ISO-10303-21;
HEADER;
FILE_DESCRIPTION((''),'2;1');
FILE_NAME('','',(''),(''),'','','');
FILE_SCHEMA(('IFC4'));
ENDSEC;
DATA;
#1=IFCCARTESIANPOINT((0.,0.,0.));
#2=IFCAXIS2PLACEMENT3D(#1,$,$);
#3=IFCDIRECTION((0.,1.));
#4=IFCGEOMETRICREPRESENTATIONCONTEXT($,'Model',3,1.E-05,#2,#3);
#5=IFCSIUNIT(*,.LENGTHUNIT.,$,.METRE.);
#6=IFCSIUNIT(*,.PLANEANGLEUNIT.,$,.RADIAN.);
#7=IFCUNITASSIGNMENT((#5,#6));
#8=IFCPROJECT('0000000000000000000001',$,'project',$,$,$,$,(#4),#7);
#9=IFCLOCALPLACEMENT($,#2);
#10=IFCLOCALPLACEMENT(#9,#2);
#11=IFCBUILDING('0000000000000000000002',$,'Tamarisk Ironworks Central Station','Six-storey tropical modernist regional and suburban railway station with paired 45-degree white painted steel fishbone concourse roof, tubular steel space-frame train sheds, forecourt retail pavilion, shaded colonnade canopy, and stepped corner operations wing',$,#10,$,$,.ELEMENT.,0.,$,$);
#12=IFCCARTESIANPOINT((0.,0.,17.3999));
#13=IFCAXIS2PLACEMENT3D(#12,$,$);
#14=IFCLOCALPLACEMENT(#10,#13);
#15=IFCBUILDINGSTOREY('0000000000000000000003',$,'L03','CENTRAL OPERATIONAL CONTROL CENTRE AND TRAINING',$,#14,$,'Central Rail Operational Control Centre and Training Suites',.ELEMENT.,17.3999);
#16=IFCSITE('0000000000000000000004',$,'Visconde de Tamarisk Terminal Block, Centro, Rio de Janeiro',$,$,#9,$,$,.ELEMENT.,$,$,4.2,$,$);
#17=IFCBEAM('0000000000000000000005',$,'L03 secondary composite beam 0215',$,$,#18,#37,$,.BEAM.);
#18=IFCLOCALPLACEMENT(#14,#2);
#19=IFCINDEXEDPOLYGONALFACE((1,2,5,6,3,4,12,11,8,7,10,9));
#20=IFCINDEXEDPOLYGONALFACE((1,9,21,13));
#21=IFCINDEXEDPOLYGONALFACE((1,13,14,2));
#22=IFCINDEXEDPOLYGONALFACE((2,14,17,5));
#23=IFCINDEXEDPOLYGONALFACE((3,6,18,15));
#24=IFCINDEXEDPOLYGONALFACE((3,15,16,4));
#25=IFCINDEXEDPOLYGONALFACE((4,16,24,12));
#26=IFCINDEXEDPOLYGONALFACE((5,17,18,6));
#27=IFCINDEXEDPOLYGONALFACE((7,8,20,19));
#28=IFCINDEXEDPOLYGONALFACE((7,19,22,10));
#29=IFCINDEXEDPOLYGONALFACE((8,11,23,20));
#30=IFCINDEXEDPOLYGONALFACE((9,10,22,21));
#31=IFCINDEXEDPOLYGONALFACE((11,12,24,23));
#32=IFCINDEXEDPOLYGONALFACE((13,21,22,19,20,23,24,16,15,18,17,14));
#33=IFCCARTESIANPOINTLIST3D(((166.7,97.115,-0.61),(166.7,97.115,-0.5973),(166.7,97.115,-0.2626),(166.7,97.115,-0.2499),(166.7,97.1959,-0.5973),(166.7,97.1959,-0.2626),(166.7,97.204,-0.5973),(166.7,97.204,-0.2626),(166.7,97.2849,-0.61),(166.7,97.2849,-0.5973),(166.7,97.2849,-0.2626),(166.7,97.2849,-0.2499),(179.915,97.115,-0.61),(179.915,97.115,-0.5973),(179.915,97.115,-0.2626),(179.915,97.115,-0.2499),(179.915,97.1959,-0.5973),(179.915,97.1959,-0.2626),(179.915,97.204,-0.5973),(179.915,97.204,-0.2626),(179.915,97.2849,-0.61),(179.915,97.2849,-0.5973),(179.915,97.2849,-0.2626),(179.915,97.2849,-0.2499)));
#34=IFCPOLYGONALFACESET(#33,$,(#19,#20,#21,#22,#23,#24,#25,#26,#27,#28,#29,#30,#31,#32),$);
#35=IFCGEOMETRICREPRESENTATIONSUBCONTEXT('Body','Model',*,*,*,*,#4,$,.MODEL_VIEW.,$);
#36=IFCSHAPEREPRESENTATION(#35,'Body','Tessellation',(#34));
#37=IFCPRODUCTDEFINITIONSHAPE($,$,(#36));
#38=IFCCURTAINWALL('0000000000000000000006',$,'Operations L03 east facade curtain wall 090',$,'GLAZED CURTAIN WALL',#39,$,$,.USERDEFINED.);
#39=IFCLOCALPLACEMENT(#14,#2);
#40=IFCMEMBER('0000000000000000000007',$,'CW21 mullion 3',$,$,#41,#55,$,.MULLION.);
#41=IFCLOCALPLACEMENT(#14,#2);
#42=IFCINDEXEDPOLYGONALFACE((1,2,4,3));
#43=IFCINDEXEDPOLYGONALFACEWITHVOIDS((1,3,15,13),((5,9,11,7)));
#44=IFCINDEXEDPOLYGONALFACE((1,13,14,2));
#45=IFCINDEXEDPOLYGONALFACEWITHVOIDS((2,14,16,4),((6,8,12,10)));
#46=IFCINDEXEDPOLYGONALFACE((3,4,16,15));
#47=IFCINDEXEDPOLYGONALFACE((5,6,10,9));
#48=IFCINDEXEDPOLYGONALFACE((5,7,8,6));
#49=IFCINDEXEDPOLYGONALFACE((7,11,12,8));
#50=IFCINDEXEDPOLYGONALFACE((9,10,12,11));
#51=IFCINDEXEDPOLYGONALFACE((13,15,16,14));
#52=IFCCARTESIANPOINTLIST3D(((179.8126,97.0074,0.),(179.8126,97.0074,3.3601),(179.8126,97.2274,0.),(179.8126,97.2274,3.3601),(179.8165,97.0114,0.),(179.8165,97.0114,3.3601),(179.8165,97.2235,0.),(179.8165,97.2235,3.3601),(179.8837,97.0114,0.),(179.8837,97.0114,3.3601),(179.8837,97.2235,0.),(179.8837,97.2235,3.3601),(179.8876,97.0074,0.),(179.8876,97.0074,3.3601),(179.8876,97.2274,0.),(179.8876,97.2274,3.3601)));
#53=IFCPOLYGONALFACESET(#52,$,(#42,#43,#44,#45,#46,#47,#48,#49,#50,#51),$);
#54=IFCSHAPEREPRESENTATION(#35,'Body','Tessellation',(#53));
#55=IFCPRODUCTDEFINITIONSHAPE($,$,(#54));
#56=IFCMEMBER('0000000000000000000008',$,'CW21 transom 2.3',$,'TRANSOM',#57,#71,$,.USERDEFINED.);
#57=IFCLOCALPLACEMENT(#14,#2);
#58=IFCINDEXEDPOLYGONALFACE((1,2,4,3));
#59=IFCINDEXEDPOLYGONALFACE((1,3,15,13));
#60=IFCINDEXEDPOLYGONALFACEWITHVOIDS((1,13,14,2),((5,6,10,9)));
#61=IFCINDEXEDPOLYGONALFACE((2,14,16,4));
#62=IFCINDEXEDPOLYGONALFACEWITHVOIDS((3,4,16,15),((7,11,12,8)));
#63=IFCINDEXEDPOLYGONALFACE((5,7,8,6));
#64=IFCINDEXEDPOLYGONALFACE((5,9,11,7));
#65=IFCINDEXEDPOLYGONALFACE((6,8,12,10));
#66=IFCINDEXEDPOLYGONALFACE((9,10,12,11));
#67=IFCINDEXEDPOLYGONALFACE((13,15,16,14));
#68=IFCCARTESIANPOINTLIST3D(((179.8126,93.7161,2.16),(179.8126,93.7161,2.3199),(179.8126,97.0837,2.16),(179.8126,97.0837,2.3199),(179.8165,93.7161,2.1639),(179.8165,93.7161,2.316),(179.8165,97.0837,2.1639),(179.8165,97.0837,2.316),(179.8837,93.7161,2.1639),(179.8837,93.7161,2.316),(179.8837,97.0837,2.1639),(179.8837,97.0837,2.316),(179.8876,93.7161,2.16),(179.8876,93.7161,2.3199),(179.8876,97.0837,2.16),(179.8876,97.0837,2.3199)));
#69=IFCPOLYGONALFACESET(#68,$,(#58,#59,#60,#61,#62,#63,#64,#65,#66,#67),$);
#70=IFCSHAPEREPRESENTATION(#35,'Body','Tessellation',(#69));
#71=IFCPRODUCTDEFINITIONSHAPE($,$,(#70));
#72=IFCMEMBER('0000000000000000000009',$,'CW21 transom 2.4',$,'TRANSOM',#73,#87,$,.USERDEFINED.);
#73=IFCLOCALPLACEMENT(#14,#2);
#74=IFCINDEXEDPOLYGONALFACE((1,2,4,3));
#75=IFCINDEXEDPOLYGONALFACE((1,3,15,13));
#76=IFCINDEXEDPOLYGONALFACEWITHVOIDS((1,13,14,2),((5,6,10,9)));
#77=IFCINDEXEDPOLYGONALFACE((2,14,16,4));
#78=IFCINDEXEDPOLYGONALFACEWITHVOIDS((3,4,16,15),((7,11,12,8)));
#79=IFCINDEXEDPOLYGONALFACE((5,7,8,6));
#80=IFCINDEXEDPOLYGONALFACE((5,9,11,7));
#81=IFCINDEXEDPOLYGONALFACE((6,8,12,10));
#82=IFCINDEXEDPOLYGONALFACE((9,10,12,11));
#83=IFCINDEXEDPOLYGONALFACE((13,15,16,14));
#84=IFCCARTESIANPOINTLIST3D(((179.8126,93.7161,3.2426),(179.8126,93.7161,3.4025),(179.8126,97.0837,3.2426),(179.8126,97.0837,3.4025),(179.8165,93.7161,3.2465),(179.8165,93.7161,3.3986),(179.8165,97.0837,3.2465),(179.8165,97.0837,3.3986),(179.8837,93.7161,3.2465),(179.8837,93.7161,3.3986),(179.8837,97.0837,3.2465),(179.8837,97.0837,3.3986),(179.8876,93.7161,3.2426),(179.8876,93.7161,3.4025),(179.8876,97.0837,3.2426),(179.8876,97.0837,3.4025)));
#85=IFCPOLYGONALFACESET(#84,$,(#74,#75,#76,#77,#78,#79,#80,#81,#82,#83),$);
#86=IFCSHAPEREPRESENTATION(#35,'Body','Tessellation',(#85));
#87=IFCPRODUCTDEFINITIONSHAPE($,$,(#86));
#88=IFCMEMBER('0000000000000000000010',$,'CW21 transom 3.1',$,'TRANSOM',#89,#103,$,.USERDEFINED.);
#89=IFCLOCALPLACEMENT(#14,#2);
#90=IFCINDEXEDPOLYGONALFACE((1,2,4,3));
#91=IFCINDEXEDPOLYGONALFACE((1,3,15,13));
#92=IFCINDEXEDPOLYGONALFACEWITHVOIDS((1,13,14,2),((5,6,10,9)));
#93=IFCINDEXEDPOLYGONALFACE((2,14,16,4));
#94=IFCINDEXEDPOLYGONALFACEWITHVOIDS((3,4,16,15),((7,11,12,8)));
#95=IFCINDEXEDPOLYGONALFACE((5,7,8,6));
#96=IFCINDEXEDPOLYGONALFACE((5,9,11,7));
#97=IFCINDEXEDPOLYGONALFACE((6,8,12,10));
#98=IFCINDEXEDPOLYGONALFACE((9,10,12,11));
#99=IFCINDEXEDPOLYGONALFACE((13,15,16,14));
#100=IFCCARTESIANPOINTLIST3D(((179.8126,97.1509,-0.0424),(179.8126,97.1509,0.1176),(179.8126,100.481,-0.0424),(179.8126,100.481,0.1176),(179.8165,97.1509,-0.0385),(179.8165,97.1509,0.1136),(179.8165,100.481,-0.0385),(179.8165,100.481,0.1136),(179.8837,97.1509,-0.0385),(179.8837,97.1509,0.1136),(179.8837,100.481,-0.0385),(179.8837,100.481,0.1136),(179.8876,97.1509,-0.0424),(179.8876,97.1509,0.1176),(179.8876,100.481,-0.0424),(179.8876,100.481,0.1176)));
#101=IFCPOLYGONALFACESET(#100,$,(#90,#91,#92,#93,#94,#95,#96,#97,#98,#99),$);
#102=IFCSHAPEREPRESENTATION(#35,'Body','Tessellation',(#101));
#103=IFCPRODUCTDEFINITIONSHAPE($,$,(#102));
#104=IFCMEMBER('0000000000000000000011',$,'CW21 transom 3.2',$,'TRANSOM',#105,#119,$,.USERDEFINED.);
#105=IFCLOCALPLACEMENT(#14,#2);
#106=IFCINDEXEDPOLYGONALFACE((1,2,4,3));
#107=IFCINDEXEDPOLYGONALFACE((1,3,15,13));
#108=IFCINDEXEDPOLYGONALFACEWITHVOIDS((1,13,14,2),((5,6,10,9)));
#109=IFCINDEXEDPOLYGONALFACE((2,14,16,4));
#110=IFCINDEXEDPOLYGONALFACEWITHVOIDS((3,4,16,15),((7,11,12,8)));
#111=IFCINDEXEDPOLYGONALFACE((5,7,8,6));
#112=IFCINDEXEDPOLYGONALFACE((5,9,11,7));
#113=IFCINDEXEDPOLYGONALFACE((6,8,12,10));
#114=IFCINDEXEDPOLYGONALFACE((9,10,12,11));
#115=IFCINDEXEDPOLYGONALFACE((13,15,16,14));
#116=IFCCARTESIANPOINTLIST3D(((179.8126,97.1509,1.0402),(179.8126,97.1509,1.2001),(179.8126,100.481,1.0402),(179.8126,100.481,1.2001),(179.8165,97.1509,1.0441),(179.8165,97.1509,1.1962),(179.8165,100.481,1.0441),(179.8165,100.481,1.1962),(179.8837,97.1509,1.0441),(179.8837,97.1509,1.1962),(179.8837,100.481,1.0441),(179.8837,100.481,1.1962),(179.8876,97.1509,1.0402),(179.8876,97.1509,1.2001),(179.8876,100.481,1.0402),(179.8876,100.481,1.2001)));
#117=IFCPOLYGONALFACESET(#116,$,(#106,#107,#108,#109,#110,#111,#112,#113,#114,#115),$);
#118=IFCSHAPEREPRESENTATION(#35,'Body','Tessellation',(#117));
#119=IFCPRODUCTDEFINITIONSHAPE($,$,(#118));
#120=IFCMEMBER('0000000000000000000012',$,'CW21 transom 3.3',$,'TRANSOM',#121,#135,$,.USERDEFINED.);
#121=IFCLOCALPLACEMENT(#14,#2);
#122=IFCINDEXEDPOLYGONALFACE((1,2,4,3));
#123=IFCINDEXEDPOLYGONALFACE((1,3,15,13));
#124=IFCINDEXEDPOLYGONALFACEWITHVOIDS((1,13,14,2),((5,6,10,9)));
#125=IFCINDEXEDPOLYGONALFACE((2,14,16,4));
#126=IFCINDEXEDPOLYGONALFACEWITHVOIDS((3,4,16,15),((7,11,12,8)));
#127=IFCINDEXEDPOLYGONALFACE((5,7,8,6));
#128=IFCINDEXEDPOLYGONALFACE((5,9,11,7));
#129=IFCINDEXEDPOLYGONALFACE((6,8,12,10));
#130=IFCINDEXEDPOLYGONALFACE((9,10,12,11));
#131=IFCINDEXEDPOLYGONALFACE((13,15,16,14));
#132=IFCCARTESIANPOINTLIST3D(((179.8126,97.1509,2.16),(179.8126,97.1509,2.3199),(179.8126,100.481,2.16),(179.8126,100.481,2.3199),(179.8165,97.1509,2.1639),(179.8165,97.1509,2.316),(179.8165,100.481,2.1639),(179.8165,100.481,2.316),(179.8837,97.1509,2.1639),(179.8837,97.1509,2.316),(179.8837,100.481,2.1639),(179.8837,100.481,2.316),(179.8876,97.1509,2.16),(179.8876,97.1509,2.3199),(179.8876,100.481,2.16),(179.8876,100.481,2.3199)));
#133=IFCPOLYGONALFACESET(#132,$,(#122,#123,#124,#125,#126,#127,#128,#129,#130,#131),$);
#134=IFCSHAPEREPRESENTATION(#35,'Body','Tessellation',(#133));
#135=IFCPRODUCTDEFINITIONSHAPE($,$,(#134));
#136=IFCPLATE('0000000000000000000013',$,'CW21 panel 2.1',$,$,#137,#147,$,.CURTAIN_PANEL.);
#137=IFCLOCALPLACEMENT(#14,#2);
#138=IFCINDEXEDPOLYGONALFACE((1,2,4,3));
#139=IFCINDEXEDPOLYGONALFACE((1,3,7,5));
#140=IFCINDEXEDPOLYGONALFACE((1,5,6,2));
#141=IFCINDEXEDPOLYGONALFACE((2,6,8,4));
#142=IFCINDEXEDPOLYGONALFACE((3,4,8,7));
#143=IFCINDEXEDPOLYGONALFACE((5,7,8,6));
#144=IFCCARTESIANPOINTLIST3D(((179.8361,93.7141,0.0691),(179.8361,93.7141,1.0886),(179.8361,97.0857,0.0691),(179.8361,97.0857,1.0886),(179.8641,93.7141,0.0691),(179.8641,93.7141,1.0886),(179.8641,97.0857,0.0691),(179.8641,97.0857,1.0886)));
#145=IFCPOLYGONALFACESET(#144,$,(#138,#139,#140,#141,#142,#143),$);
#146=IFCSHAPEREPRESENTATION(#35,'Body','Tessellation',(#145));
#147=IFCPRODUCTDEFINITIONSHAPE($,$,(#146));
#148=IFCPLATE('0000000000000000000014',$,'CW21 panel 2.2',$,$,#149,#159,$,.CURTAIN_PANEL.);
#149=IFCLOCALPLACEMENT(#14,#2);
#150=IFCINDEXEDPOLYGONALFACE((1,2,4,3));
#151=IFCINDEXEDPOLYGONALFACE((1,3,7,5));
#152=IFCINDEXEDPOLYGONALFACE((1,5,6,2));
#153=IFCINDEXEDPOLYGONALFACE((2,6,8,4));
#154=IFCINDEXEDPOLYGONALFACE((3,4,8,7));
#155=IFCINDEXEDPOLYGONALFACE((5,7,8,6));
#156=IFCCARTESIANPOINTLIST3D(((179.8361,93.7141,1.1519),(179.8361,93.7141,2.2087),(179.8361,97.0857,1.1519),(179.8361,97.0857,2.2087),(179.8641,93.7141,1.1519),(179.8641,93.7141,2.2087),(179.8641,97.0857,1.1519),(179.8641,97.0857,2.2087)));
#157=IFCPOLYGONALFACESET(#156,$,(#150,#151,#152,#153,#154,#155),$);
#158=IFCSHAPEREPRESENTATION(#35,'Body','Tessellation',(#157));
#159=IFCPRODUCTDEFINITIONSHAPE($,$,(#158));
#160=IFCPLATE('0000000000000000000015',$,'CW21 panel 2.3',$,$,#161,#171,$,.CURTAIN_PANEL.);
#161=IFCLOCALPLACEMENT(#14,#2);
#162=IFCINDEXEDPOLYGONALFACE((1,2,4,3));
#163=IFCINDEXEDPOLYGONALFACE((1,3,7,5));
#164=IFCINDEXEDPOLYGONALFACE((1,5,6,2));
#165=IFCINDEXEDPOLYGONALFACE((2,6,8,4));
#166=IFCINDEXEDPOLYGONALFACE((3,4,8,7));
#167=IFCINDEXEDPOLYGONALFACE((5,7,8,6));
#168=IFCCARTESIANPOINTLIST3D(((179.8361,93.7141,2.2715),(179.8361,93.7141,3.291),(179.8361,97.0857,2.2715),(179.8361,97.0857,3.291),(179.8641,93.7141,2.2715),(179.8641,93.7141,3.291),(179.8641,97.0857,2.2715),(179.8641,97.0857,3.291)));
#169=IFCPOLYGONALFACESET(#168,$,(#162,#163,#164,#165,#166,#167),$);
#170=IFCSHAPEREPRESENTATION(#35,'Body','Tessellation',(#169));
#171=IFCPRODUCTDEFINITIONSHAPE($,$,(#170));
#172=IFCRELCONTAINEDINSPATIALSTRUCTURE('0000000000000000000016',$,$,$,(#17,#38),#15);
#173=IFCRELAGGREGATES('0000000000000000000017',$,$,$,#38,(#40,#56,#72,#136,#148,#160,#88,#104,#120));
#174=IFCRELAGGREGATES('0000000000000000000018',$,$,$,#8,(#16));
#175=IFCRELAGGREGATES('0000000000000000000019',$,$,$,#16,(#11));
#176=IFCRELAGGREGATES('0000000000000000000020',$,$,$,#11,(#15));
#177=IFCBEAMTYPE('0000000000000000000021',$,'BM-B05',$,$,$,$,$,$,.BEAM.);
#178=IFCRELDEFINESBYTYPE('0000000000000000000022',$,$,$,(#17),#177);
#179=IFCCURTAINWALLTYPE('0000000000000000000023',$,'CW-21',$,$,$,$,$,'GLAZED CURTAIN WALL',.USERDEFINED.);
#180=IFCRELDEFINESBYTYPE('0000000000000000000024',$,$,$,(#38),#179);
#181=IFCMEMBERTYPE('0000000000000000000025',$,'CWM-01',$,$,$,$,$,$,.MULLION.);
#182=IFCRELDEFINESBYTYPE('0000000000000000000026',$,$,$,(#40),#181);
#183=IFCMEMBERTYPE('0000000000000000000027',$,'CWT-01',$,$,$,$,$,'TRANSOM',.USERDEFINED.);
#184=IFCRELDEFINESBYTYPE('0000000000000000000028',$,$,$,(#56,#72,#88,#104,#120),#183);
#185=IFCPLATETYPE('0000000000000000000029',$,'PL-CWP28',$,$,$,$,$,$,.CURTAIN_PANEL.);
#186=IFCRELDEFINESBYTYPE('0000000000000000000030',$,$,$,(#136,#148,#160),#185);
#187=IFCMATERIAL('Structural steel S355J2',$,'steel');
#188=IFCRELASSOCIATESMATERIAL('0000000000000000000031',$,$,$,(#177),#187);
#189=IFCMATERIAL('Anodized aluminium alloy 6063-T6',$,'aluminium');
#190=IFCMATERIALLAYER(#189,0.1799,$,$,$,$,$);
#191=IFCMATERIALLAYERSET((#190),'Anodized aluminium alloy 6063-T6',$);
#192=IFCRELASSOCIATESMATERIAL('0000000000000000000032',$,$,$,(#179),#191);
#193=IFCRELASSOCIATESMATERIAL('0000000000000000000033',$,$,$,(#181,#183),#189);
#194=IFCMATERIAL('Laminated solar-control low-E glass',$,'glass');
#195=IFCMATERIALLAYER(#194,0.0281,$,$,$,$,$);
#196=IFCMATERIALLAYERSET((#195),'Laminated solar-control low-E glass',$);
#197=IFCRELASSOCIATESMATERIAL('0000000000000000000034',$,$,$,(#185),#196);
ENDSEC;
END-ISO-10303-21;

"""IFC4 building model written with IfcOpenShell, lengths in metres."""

from ifc_helpers import new_model, si_unit, direction, frame, origin, origin_2d, place, context, subcontext, project, spatial, rectangle, hollow_rectangle, i_section, extrude, material, layer, layer_set, material_profile, profile_set, type_object, element, aggregate, save


model = new_model("IFC4")

# Units and contexts
model_context = context("Model", 3, precision=1e-05, world=origin(), true_north=direction((0.0, 1.0)))
body_context = subcontext(model_context, "Body", "Model", "MODEL_VIEW")
ifc_project = project(units=[si_unit("LENGTHUNIT", "METRE"), si_unit("PLANEANGLEUNIT", "RADIAN")], contexts=[model_context])

# Site, building, storey
site_placement = place(None, origin())
site = spatial("IfcSite", under=ifc_project, at=site_placement, Name="Visconde de Tamarisk Terminal Block, Centro, Rio de Janeiro", CompositionType="ELEMENT", RefElevation=4.2)
building_placement = place(site_placement, origin())
building = spatial("IfcBuilding", under=site, at=building_placement, Name="Tamarisk Ironworks Central Station", Description="Six-storey tropical modernist regional and suburban railway station with paired 45-degree white painted steel fishbone concourse roof, tubular steel space-frame train sheds, forecourt retail pavilion, shaded colonnade canopy, and stepped corner operations wing", CompositionType="ELEMENT", ElevationOfRefHeight=0.0)
storey_placement = place(building_placement, frame((0.0, 0.0, 17.3999)))
storey = spatial("IfcBuildingStorey", under=building, at=storey_placement, Name="L03", Description="CENTRAL OPERATIONAL CONTROL CENTRE AND TRAINING", LongName="Central Rail Operational Control Centre and Training Suites", CompositionType="ELEMENT", Elevation=17.3999)

# Beam
ifc_material_1 = material(Name="Structural steel S355J2", Category="steel")
ifc_material_profile_1 = material_profile(ifc_material_1, i_section(OverallWidth=0.1699, OverallDepth=0.3601, WebThickness=0.0081, FlangeThickness=0.0127, at=origin_2d()), Name="IPE 360")
ifc_profile_set_1 = profile_set([ifc_material_profile_1], Name="Structural steel S355J2")
beam_type = type_object("IfcBeamType", Name="BM-B05", PredefinedType="BEAM", material=ifc_profile_set_1)
beam_placement = place(storey_placement, frame((166.7, 97.2, -0.4299), z_axis=(1.0, 0.0, 0.0), x_axis=(0.0, 1.0, 0.0)))
element("IfcBeam", 1, at=beam_placement, inside=storey, type_object=beam_type, Name="L03 secondary composite beam 0215", PredefinedType="BEAM", context=body_context, shape_type="SweptSolid", body=[
    extrude(i_section(OverallWidth=0.1699, OverallDepth=0.3601, WebThickness=0.0081, FlangeThickness=0.0127, at=origin_2d()), origin(), (0.0, 0.0, 1.0), 13.2151),
])

# Curtain wall, members, plates
ifc_material_2 = material(Name="Anodized aluminium alloy 6063-T6", Category="aluminium")
ifc_layer_1 = layer(ifc_material_2, 0.1799)
ifc_layer_set_1 = layer_set([ifc_layer_1], Name="Anodized aluminium alloy 6063-T6")
curtain_wall_type = type_object("IfcCurtainWallType", Name="CW-21", ElementType="GLAZED CURTAIN WALL", PredefinedType="USERDEFINED", material=ifc_layer_set_1)
curtain_wall_placement = place(storey_placement, origin())
curtain_wall = element("IfcCurtainWall", 2, at=curtain_wall_placement, inside=storey, type_object=curtain_wall_type, Name="Operations L03 east facade curtain wall 090", ObjectType="GLAZED CURTAIN WALL", PredefinedType="USERDEFINED")
ifc_material_profile_2 = material_profile(ifc_material_2, hollow_rectangle(XDim=0.075, YDim=0.22, WallThickness=0.0039, at=origin_2d()), Name="ALUM 220x75")
ifc_profile_set_2 = profile_set([ifc_material_profile_2], Name="Anodized aluminium alloy 6063-T6")
member_type_1 = type_object("IfcMemberType", Name="CWM-01", PredefinedType="MULLION", material=ifc_profile_set_2)
member_1_placement = place(storey_placement, frame((179.8501, 97.1174, 0.0), z_axis=(0.0, 0.0, 1.0), x_axis=(-1.0, 0.0, 0.0)))
member_1 = element("IfcMember", 3, at=member_1_placement, type_object=member_type_1, Name="CW21 mullion 3", PredefinedType="MULLION", context=body_context, shape_type="SweptSolid", body=[
    extrude(hollow_rectangle(XDim=0.075, YDim=0.22, WallThickness=0.0039, at=origin_2d()), origin(), (0.0, 0.0, 1.0), 3.3601),
])
ifc_material_profile_3 = material_profile(ifc_material_2, hollow_rectangle(XDim=0.075, YDim=0.1599, WallThickness=0.0039, at=origin_2d()), Name="ALUM 160x75")
ifc_profile_set_3 = profile_set([ifc_material_profile_3], Name="Anodized aluminium alloy 6063-T6")
member_type_2 = type_object("IfcMemberType", Name="CWT-01", ElementType="TRANSOM", PredefinedType="USERDEFINED", material=ifc_profile_set_3)
member_2_placement = place(storey_placement, frame((179.8501, 93.7161, 2.24), z_axis=(0.0, 1.0, 0.0), x_axis=(-1.0, 0.0, 0.0)))
member_2 = element("IfcMember", 4, at=member_2_placement, type_object=member_type_2, Name="CW21 transom 2.3", ObjectType="TRANSOM", PredefinedType="USERDEFINED", context=body_context, shape_type="SweptSolid", body=[
    extrude(hollow_rectangle(XDim=0.075, YDim=0.1599, WallThickness=0.0039, at=origin_2d()), origin(), (0.0, 0.0, 1.0), 3.3677),
])
member_3_placement = place(storey_placement, frame((179.8501, 93.7161, 3.3225), z_axis=(0.0, 1.0, 0.0), x_axis=(-1.0, 0.0, 0.0)))
member_3 = element("IfcMember", 5, at=member_3_placement, type_object=member_type_2, Name="CW21 transom 2.4", ObjectType="TRANSOM", PredefinedType="USERDEFINED", context=body_context, shape_type="SweptSolid", body=[
    extrude(hollow_rectangle(XDim=0.075, YDim=0.1599, WallThickness=0.0039, at=origin_2d()), origin(), (0.0, 0.0, 1.0), 3.3677),
])
member_4_placement = place(storey_placement, frame((179.8501, 97.1509, 0.0376), z_axis=(0.0, 1.0, 0.0), x_axis=(-1.0, 0.0, 0.0)))
member_4 = element("IfcMember", 6, at=member_4_placement, type_object=member_type_2, Name="CW21 transom 3.1", ObjectType="TRANSOM", PredefinedType="USERDEFINED", context=body_context, shape_type="SweptSolid", body=[
    extrude(hollow_rectangle(XDim=0.075, YDim=0.1599, WallThickness=0.0039, at=origin_2d()), origin(), (0.0, 0.0, 1.0), 3.3301),
])
member_5_placement = place(storey_placement, frame((179.8501, 97.1509, 1.1201), z_axis=(0.0, 1.0, 0.0), x_axis=(-1.0, 0.0, 0.0)))
member_5 = element("IfcMember", 7, at=member_5_placement, type_object=member_type_2, Name="CW21 transom 3.2", ObjectType="TRANSOM", PredefinedType="USERDEFINED", context=body_context, shape_type="SweptSolid", body=[
    extrude(hollow_rectangle(XDim=0.075, YDim=0.1599, WallThickness=0.0039, at=origin_2d()), origin(), (0.0, 0.0, 1.0), 3.3301),
])
member_6_placement = place(storey_placement, frame((179.8501, 97.1509, 2.24), z_axis=(0.0, 1.0, 0.0), x_axis=(-1.0, 0.0, 0.0)))
member_6 = element("IfcMember", 8, at=member_6_placement, type_object=member_type_2, Name="CW21 transom 3.3", ObjectType="TRANSOM", PredefinedType="USERDEFINED", context=body_context, shape_type="SweptSolid", body=[
    extrude(hollow_rectangle(XDim=0.075, YDim=0.1599, WallThickness=0.0039, at=origin_2d()), origin(), (0.0, 0.0, 1.0), 3.3301),
])
ifc_material_3 = material(Name="Laminated solar-control low-E glass", Category="glass")
ifc_layer_2 = layer(ifc_material_3, 0.0281)
ifc_layer_set_2 = layer_set([ifc_layer_2], Name="Laminated solar-control low-E glass")
plate_type = type_object("IfcPlateType", Name="PL-CWP28", PredefinedType="CURTAIN_PANEL", material=ifc_layer_set_2)
plate_1_placement = place(storey_placement, frame((179.8501, 95.3999, 0.0691), z_axis=(0.0, 0.0, 1.0), x_axis=(0.0, 1.0, 0.0)))
plate_1 = element("IfcPlate", 9, at=plate_1_placement, type_object=plate_type, Name="CW21 panel 2.1", PredefinedType="CURTAIN_PANEL", context=body_context, shape_type="SweptSolid", body=[
    extrude(rectangle(XDim=3.3716, YDim=0.0281, at=origin_2d()), origin(), (0.0, 0.0, 1.0), 1.0195),
])
plate_2_placement = place(storey_placement, frame((179.8501, 95.3999, 1.1519), z_axis=(0.0, 0.0, 1.0), x_axis=(0.0, 1.0, 0.0)))
plate_2 = element("IfcPlate", 10, at=plate_2_placement, type_object=plate_type, Name="CW21 panel 2.2", PredefinedType="CURTAIN_PANEL", context=body_context, shape_type="SweptSolid", body=[
    extrude(rectangle(XDim=3.3716, YDim=0.0281, at=origin_2d()), origin(), (0.0, 0.0, 1.0), 1.0569),
])
plate_3_placement = place(storey_placement, frame((179.8501, 95.3999, 2.2715), z_axis=(0.0, 0.0, 1.0), x_axis=(0.0, 1.0, 0.0)))
plate_3 = element("IfcPlate", 11, at=plate_3_placement, type_object=plate_type, Name="CW21 panel 2.3", PredefinedType="CURTAIN_PANEL", context=body_context, shape_type="SweptSolid", body=[
    extrude(rectangle(XDim=3.3716, YDim=0.0281, at=origin_2d()), origin(), (0.0, 0.0, 1.0), 1.0195),
])
aggregate(curtain_wall, [member_1, member_2, member_3, plate_1, plate_2, plate_3, member_4, member_5, member_6])

save(model, "model.ifc")
